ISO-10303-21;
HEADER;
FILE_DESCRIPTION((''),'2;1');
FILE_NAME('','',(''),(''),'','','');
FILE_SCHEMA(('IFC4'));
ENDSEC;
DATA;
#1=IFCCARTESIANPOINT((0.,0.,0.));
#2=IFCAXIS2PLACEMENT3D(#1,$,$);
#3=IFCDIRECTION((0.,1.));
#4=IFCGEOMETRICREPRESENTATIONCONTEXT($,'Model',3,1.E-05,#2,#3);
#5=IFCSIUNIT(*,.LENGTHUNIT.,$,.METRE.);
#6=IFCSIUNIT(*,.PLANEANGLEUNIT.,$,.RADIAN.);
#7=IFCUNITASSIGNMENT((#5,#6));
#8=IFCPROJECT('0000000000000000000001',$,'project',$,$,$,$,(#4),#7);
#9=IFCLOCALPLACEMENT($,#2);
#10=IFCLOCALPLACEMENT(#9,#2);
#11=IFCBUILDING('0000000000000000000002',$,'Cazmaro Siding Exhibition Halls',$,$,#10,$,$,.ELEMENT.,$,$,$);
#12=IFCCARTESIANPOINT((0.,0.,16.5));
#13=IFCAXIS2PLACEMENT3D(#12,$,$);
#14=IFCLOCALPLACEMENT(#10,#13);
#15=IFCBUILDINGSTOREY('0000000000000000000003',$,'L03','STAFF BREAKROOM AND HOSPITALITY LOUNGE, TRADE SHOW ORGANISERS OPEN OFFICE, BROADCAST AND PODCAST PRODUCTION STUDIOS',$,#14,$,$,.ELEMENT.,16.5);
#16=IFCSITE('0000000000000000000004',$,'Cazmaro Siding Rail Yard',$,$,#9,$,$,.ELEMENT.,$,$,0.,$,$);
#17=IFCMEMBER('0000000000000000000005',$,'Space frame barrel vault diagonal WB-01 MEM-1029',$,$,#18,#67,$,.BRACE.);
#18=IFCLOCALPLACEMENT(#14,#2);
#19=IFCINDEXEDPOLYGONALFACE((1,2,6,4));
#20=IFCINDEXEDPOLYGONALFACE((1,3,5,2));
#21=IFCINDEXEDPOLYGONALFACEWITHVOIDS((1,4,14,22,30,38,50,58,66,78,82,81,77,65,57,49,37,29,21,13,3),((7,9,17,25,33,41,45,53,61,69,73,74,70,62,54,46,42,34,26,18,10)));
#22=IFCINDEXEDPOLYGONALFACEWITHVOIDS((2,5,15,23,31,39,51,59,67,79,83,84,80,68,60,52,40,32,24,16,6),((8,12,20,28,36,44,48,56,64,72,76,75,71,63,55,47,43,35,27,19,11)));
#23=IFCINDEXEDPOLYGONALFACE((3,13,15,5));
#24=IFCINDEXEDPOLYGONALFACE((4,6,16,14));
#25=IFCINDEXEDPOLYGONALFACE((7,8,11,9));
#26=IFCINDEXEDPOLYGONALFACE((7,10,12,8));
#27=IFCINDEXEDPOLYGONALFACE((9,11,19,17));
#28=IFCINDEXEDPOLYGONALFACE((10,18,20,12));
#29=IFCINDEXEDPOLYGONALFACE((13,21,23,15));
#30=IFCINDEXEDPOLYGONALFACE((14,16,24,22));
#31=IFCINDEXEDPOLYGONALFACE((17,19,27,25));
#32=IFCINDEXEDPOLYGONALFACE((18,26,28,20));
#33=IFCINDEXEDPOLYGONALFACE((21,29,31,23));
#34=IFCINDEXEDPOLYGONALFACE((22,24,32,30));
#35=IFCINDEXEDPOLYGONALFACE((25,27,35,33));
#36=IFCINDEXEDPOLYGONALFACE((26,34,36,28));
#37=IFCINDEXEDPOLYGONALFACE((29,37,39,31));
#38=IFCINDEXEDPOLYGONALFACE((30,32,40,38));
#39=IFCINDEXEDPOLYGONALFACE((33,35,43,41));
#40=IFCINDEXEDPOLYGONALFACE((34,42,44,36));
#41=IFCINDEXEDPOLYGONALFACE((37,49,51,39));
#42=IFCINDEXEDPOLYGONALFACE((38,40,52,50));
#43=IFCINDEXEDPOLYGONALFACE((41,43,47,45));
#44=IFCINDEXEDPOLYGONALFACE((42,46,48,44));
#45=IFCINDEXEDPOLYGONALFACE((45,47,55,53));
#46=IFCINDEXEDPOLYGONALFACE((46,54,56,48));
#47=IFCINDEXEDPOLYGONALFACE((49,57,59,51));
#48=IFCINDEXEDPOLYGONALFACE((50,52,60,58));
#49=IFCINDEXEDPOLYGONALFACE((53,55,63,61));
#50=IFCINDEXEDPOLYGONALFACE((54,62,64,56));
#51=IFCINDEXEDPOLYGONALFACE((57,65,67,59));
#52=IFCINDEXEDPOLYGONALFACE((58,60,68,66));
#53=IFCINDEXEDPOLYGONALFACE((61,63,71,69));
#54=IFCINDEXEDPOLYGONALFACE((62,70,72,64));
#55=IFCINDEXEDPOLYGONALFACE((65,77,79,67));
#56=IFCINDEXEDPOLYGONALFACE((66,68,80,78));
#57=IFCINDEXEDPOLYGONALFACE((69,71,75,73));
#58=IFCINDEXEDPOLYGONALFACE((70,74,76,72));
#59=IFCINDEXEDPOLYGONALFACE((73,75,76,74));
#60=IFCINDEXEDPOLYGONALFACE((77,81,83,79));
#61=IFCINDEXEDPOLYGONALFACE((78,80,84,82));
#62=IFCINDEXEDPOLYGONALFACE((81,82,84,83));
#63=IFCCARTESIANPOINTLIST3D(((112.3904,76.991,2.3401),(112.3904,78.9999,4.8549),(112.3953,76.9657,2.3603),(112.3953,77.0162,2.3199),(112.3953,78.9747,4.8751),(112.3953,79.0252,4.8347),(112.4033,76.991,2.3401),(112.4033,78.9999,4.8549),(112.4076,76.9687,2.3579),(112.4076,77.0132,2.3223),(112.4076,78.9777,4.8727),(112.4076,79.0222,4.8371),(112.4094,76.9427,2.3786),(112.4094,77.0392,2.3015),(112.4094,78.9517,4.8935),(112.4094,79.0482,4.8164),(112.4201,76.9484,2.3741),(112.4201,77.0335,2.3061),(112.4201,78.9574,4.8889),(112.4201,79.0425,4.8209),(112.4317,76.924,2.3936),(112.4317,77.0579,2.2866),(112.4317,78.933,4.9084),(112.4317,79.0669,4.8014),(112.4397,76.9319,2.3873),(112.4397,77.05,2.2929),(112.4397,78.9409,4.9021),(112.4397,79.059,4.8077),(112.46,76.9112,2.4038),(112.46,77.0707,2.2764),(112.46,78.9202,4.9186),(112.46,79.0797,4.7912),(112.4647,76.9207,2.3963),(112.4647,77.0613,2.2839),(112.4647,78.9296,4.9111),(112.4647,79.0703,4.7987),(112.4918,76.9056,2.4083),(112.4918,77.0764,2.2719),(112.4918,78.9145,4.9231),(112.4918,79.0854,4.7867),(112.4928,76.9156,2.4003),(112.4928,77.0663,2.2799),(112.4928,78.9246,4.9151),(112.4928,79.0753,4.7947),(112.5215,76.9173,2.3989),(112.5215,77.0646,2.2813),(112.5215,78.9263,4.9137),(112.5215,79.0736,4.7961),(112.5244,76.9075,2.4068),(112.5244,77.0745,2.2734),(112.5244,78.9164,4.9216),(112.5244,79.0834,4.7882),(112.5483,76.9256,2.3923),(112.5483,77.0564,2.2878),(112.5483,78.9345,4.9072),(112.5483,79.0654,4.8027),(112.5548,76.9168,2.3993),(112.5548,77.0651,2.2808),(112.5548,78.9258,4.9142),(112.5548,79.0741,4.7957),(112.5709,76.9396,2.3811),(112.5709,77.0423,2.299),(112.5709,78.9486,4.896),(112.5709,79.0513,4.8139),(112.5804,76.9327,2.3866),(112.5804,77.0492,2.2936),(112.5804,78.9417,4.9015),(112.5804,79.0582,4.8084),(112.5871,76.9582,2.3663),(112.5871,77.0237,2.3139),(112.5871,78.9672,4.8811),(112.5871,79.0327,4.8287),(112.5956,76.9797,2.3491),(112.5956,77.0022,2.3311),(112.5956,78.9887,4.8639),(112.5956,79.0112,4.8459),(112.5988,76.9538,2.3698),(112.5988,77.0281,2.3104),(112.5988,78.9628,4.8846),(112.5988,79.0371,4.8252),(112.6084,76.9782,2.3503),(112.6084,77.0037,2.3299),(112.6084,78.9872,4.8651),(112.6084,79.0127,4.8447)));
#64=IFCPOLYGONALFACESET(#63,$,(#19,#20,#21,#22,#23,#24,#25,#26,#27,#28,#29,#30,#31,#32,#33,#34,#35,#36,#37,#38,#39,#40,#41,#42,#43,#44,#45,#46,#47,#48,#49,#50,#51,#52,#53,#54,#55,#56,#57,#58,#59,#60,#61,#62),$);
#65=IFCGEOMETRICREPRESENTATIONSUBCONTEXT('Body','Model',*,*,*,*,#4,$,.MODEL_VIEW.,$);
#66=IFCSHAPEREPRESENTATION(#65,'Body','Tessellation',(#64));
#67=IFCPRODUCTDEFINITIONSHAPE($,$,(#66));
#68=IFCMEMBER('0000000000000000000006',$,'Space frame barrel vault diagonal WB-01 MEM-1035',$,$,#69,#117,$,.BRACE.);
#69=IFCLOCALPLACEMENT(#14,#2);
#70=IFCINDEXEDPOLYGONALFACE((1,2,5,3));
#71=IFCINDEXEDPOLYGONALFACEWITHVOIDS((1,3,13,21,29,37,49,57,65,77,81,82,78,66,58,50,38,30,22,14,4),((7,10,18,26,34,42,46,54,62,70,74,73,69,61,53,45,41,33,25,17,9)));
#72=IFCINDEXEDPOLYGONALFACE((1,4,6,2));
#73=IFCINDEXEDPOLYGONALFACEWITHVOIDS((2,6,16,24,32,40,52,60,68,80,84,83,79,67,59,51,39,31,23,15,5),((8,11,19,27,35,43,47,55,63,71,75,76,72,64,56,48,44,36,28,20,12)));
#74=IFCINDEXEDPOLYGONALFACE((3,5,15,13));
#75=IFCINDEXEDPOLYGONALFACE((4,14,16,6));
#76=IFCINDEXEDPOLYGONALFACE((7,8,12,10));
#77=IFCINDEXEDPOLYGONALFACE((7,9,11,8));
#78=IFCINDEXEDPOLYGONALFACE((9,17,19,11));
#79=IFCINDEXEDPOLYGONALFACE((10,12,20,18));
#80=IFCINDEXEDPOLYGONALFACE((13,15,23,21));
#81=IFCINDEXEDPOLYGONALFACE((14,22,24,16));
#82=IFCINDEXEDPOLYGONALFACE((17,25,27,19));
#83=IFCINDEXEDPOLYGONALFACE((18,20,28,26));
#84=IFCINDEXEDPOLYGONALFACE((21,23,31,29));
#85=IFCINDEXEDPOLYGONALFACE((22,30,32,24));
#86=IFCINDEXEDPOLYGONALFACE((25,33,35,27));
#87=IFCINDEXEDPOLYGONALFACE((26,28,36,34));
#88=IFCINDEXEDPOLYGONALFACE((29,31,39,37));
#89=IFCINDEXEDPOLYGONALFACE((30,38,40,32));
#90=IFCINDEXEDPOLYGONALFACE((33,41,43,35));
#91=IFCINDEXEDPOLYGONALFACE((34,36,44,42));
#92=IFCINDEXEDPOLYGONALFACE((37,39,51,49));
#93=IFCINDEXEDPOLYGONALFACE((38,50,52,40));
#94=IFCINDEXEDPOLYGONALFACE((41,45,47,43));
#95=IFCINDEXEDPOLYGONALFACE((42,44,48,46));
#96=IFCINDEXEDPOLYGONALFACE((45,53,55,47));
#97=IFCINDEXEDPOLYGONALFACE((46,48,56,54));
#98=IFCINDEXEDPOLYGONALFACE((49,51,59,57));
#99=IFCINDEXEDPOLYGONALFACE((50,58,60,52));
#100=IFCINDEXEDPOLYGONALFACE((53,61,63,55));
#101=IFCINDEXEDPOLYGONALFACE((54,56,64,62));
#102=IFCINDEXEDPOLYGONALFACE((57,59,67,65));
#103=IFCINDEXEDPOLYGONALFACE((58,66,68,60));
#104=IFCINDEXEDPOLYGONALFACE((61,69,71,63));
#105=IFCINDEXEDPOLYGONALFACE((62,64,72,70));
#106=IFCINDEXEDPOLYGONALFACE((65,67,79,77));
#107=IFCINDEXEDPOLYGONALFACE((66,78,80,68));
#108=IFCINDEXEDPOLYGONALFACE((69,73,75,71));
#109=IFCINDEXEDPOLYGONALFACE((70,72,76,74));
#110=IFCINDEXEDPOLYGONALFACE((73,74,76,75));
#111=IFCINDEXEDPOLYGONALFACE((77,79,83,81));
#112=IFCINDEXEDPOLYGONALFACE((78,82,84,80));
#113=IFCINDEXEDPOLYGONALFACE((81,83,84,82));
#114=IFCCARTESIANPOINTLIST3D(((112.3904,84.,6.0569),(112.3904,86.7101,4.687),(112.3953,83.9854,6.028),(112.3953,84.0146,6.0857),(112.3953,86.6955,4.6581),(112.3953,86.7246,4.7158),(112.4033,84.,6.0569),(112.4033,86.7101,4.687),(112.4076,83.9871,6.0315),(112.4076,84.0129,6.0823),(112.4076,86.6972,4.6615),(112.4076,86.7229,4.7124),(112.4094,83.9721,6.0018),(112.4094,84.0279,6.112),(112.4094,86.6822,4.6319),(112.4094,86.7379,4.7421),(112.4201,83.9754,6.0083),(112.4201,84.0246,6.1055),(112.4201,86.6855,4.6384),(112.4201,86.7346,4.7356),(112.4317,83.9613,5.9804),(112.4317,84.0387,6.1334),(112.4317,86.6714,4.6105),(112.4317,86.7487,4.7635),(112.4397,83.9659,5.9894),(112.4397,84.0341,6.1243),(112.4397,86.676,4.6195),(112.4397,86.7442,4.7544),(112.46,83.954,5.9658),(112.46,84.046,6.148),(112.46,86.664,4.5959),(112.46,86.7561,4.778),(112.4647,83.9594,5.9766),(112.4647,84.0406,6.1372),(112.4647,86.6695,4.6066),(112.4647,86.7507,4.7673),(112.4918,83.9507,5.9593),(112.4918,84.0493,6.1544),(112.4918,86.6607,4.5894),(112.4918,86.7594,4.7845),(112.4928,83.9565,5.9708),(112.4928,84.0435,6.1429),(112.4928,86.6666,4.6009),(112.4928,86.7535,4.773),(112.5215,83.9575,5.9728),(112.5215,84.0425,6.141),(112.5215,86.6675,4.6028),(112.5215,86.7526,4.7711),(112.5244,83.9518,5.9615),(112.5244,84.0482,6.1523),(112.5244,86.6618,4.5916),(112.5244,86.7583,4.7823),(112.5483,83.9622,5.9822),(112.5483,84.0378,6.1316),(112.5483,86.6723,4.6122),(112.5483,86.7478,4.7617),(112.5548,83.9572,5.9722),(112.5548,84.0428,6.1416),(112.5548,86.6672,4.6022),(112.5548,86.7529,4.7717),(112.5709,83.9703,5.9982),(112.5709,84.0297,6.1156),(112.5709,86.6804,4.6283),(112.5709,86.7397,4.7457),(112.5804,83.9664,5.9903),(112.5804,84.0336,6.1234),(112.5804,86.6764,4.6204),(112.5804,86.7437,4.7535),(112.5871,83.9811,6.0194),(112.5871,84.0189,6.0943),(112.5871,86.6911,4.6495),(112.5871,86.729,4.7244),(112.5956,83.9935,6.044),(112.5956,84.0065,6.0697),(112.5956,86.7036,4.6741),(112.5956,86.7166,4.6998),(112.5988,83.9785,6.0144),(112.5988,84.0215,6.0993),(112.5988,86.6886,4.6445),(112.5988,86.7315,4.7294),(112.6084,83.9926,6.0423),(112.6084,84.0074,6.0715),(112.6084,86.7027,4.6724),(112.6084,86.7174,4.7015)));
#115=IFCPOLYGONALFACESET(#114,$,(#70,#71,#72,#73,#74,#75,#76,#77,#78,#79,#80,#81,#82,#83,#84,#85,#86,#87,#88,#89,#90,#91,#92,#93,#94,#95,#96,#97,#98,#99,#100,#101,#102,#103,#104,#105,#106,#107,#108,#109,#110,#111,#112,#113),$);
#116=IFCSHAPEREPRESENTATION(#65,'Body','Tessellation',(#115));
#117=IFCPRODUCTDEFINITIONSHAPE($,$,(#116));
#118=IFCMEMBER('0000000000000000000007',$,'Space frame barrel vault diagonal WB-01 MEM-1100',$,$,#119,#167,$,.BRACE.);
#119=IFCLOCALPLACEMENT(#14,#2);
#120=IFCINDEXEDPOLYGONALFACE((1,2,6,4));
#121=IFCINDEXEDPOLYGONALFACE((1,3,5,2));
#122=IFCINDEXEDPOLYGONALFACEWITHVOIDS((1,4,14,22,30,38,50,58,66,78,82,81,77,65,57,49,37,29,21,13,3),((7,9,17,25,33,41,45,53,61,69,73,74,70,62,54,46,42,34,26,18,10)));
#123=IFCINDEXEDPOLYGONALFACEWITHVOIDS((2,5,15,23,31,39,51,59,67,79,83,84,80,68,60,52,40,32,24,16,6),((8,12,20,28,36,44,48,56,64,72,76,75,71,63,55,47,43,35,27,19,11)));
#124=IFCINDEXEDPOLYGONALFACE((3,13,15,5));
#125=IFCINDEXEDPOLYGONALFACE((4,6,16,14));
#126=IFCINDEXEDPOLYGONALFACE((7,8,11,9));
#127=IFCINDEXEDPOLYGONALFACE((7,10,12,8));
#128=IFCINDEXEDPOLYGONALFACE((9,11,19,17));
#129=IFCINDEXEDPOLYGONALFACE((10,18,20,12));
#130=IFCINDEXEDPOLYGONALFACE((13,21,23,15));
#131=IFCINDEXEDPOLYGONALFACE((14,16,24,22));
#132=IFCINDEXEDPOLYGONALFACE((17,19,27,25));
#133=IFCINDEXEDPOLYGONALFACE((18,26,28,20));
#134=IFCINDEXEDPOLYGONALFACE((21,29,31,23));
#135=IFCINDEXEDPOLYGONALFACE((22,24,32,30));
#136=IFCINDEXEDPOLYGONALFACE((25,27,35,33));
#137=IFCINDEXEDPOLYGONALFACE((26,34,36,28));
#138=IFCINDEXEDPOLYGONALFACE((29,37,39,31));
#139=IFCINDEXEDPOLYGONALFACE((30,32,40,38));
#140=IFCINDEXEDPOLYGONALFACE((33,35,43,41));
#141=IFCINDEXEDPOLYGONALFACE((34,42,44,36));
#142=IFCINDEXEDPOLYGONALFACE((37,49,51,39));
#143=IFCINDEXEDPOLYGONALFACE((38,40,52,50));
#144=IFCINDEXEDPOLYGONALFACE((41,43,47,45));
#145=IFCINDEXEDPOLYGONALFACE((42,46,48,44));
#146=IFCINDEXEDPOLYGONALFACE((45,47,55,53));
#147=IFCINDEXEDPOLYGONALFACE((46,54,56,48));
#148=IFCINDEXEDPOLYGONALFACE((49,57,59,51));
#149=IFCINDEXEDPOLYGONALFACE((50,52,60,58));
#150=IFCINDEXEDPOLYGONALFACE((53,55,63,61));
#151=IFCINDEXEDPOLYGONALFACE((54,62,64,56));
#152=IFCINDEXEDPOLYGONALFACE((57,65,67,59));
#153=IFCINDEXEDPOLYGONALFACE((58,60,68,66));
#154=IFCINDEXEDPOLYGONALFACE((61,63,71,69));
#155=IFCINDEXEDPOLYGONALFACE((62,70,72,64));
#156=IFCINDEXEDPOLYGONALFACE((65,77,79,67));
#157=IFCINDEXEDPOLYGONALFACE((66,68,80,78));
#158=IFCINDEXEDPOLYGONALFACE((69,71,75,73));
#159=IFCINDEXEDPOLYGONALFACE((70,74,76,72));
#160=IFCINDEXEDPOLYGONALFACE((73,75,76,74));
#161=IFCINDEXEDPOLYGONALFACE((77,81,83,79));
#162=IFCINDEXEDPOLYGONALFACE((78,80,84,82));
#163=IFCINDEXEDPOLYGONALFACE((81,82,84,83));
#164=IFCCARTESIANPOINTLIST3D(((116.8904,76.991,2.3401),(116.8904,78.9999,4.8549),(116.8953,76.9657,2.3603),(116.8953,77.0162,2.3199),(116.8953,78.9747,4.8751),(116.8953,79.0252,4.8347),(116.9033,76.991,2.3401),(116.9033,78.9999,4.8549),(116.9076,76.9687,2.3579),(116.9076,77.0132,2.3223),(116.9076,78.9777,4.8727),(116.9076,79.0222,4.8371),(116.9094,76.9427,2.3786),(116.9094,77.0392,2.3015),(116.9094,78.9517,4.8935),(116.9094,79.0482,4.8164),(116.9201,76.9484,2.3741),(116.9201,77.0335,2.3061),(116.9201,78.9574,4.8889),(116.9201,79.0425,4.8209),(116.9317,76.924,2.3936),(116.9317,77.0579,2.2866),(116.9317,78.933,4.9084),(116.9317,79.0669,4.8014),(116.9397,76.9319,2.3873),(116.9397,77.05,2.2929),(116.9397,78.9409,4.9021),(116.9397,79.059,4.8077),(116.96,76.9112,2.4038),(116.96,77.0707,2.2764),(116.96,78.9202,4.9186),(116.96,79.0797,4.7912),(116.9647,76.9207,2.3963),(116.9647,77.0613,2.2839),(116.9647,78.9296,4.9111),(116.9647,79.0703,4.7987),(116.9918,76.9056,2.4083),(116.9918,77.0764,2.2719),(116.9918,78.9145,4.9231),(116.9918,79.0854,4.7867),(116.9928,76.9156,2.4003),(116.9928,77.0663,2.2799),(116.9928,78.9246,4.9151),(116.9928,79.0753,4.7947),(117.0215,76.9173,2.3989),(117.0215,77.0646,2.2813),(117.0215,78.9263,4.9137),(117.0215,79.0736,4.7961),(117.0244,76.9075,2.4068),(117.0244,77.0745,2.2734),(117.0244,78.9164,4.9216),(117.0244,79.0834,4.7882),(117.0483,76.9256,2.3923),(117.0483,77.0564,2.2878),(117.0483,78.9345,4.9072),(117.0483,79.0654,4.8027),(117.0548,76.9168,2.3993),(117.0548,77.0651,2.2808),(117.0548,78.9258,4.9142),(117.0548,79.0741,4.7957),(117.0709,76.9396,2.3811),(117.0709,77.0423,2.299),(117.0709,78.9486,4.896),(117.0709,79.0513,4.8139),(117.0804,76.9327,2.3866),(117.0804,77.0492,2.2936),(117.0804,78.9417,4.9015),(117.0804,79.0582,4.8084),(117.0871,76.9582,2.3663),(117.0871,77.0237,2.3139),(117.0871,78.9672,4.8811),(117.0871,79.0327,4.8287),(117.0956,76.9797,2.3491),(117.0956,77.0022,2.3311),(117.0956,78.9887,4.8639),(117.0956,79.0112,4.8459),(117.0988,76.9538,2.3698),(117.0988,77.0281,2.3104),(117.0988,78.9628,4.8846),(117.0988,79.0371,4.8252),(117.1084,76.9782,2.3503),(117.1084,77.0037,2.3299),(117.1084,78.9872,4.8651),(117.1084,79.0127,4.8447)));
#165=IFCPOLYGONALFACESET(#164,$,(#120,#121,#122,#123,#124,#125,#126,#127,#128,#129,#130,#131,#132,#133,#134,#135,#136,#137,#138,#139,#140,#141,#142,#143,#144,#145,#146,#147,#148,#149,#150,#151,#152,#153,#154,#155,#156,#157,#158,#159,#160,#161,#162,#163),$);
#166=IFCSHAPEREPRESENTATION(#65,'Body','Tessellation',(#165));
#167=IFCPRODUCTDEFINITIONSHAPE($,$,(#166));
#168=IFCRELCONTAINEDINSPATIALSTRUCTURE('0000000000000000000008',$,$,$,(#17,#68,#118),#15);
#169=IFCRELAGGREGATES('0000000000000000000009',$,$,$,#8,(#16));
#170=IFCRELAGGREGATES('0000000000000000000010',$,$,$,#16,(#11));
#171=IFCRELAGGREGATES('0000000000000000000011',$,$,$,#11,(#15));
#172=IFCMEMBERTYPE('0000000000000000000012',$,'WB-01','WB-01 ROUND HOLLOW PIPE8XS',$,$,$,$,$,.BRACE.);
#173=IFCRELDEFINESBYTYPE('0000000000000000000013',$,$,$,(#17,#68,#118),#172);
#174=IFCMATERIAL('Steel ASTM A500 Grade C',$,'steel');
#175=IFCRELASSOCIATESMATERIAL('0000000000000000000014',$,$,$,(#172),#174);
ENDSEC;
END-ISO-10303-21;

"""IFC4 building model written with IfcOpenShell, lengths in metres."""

from ifc_helpers import new_model, si_unit, direction, frame, origin, origin_2d, place, context, subcontext, project, spatial, hollow_circle, extrude, material, material_profile, profile_set, type_object, element, save


model = new_model("IFC4")

# Units and contexts
model_context = context("Model", 3, precision=1e-05, world=origin(), true_north=direction((0.0, 1.0)))
body_context = subcontext(model_context, "Body", "Model", "MODEL_VIEW")
ifc_project = project(units=[si_unit("LENGTHUNIT", "METRE"), si_unit("PLANEANGLEUNIT", "RADIAN")], contexts=[model_context])

# Site, building, storey
site_placement = place(None, origin())
site = spatial("IfcSite", under=ifc_project, at=site_placement, Name="Cazmaro Siding Rail Yard", CompositionType="ELEMENT", RefElevation=0.0)
building_placement = place(site_placement, origin())
building = spatial("IfcBuilding", under=site, at=building_placement, Name="Cazmaro Siding Exhibition Halls", CompositionType="ELEMENT")
storey_placement = place(building_placement, frame((0.0, 0.0, 16.5)))
storey = spatial("IfcBuildingStorey", under=building, at=storey_placement, Name="L03", Description="STAFF BREAKROOM AND HOSPITALITY LOUNGE, TRADE SHOW ORGANISERS OPEN OFFICE, BROADCAST AND PODCAST PRODUCTION STUDIOS", CompositionType="ELEMENT", Elevation=16.5)

# Members
ifc_material_1 = material(Name="Steel ASTM A500 Grade C", Category="steel")
ifc_material_profile_1 = material_profile(ifc_material_1, hollow_circle(Radius=0.1096, WallThickness=0.0129, at=origin_2d()), Name="PIPE8XS")
ifc_profile_set_1 = profile_set([ifc_material_profile_1], Name="Steel ASTM A500 Grade C")
member_type_1 = type_object("IfcMemberType", Name="WB-01", Description="WB-01 ROUND HOLLOW PIPE8XS", PredefinedType="BRACE", material=ifc_profile_set_1)
member_1_placement = place(storey_placement, frame((112.5, 76.991, 2.3401), z_axis=(0.0, 0.624149, 0.781305), x_axis=(-1.0, 0.0, 0.0)))
element("IfcMember", 1, at=member_1_placement, inside=storey, type_object=member_type_1, Name="Space frame barrel vault diagonal WB-01 MEM-1029", PredefinedType="BRACE", context=body_context, shape_type="SweptSolid", body=[
    extrude(hollow_circle(Radius=0.1096, WallThickness=0.0129, at=origin_2d()), origin(), (0.0, 0.0, 1.0), 3.2188),
])
member_2_placement = place(storey_placement, frame((112.5, 84.0, 6.0569), z_axis=(0.0, 0.892457, -0.451133), x_axis=(-1.0, 0.0, 0.0)))
element("IfcMember", 2, at=member_2_placement, inside=storey, type_object=member_type_1, Name="Space frame barrel vault diagonal WB-01 MEM-1035", PredefinedType="BRACE", context=body_context, shape_type="SweptSolid", body=[
    extrude(hollow_circle(Radius=0.1096, WallThickness=0.0129, at=origin_2d()), origin(), (0.0, 0.0, 1.0), 3.0366),
])
member_3_placement = place(storey_placement, frame((117.0, 76.991, 2.3401), z_axis=(0.0, 0.624149, 0.781305), x_axis=(-1.0, 0.0, 0.0)))
element("IfcMember", 3, at=member_3_placement, inside=storey, type_object=member_type_1, Name="Space frame barrel vault diagonal WB-01 MEM-1100", PredefinedType="BRACE", context=body_context, shape_type="SweptSolid", body=[
    extrude(hollow_circle(Radius=0.1096, WallThickness=0.0129, at=origin_2d()), origin(), (0.0, 0.0, 1.0), 3.2188),
])

save(model, "model.ifc")
